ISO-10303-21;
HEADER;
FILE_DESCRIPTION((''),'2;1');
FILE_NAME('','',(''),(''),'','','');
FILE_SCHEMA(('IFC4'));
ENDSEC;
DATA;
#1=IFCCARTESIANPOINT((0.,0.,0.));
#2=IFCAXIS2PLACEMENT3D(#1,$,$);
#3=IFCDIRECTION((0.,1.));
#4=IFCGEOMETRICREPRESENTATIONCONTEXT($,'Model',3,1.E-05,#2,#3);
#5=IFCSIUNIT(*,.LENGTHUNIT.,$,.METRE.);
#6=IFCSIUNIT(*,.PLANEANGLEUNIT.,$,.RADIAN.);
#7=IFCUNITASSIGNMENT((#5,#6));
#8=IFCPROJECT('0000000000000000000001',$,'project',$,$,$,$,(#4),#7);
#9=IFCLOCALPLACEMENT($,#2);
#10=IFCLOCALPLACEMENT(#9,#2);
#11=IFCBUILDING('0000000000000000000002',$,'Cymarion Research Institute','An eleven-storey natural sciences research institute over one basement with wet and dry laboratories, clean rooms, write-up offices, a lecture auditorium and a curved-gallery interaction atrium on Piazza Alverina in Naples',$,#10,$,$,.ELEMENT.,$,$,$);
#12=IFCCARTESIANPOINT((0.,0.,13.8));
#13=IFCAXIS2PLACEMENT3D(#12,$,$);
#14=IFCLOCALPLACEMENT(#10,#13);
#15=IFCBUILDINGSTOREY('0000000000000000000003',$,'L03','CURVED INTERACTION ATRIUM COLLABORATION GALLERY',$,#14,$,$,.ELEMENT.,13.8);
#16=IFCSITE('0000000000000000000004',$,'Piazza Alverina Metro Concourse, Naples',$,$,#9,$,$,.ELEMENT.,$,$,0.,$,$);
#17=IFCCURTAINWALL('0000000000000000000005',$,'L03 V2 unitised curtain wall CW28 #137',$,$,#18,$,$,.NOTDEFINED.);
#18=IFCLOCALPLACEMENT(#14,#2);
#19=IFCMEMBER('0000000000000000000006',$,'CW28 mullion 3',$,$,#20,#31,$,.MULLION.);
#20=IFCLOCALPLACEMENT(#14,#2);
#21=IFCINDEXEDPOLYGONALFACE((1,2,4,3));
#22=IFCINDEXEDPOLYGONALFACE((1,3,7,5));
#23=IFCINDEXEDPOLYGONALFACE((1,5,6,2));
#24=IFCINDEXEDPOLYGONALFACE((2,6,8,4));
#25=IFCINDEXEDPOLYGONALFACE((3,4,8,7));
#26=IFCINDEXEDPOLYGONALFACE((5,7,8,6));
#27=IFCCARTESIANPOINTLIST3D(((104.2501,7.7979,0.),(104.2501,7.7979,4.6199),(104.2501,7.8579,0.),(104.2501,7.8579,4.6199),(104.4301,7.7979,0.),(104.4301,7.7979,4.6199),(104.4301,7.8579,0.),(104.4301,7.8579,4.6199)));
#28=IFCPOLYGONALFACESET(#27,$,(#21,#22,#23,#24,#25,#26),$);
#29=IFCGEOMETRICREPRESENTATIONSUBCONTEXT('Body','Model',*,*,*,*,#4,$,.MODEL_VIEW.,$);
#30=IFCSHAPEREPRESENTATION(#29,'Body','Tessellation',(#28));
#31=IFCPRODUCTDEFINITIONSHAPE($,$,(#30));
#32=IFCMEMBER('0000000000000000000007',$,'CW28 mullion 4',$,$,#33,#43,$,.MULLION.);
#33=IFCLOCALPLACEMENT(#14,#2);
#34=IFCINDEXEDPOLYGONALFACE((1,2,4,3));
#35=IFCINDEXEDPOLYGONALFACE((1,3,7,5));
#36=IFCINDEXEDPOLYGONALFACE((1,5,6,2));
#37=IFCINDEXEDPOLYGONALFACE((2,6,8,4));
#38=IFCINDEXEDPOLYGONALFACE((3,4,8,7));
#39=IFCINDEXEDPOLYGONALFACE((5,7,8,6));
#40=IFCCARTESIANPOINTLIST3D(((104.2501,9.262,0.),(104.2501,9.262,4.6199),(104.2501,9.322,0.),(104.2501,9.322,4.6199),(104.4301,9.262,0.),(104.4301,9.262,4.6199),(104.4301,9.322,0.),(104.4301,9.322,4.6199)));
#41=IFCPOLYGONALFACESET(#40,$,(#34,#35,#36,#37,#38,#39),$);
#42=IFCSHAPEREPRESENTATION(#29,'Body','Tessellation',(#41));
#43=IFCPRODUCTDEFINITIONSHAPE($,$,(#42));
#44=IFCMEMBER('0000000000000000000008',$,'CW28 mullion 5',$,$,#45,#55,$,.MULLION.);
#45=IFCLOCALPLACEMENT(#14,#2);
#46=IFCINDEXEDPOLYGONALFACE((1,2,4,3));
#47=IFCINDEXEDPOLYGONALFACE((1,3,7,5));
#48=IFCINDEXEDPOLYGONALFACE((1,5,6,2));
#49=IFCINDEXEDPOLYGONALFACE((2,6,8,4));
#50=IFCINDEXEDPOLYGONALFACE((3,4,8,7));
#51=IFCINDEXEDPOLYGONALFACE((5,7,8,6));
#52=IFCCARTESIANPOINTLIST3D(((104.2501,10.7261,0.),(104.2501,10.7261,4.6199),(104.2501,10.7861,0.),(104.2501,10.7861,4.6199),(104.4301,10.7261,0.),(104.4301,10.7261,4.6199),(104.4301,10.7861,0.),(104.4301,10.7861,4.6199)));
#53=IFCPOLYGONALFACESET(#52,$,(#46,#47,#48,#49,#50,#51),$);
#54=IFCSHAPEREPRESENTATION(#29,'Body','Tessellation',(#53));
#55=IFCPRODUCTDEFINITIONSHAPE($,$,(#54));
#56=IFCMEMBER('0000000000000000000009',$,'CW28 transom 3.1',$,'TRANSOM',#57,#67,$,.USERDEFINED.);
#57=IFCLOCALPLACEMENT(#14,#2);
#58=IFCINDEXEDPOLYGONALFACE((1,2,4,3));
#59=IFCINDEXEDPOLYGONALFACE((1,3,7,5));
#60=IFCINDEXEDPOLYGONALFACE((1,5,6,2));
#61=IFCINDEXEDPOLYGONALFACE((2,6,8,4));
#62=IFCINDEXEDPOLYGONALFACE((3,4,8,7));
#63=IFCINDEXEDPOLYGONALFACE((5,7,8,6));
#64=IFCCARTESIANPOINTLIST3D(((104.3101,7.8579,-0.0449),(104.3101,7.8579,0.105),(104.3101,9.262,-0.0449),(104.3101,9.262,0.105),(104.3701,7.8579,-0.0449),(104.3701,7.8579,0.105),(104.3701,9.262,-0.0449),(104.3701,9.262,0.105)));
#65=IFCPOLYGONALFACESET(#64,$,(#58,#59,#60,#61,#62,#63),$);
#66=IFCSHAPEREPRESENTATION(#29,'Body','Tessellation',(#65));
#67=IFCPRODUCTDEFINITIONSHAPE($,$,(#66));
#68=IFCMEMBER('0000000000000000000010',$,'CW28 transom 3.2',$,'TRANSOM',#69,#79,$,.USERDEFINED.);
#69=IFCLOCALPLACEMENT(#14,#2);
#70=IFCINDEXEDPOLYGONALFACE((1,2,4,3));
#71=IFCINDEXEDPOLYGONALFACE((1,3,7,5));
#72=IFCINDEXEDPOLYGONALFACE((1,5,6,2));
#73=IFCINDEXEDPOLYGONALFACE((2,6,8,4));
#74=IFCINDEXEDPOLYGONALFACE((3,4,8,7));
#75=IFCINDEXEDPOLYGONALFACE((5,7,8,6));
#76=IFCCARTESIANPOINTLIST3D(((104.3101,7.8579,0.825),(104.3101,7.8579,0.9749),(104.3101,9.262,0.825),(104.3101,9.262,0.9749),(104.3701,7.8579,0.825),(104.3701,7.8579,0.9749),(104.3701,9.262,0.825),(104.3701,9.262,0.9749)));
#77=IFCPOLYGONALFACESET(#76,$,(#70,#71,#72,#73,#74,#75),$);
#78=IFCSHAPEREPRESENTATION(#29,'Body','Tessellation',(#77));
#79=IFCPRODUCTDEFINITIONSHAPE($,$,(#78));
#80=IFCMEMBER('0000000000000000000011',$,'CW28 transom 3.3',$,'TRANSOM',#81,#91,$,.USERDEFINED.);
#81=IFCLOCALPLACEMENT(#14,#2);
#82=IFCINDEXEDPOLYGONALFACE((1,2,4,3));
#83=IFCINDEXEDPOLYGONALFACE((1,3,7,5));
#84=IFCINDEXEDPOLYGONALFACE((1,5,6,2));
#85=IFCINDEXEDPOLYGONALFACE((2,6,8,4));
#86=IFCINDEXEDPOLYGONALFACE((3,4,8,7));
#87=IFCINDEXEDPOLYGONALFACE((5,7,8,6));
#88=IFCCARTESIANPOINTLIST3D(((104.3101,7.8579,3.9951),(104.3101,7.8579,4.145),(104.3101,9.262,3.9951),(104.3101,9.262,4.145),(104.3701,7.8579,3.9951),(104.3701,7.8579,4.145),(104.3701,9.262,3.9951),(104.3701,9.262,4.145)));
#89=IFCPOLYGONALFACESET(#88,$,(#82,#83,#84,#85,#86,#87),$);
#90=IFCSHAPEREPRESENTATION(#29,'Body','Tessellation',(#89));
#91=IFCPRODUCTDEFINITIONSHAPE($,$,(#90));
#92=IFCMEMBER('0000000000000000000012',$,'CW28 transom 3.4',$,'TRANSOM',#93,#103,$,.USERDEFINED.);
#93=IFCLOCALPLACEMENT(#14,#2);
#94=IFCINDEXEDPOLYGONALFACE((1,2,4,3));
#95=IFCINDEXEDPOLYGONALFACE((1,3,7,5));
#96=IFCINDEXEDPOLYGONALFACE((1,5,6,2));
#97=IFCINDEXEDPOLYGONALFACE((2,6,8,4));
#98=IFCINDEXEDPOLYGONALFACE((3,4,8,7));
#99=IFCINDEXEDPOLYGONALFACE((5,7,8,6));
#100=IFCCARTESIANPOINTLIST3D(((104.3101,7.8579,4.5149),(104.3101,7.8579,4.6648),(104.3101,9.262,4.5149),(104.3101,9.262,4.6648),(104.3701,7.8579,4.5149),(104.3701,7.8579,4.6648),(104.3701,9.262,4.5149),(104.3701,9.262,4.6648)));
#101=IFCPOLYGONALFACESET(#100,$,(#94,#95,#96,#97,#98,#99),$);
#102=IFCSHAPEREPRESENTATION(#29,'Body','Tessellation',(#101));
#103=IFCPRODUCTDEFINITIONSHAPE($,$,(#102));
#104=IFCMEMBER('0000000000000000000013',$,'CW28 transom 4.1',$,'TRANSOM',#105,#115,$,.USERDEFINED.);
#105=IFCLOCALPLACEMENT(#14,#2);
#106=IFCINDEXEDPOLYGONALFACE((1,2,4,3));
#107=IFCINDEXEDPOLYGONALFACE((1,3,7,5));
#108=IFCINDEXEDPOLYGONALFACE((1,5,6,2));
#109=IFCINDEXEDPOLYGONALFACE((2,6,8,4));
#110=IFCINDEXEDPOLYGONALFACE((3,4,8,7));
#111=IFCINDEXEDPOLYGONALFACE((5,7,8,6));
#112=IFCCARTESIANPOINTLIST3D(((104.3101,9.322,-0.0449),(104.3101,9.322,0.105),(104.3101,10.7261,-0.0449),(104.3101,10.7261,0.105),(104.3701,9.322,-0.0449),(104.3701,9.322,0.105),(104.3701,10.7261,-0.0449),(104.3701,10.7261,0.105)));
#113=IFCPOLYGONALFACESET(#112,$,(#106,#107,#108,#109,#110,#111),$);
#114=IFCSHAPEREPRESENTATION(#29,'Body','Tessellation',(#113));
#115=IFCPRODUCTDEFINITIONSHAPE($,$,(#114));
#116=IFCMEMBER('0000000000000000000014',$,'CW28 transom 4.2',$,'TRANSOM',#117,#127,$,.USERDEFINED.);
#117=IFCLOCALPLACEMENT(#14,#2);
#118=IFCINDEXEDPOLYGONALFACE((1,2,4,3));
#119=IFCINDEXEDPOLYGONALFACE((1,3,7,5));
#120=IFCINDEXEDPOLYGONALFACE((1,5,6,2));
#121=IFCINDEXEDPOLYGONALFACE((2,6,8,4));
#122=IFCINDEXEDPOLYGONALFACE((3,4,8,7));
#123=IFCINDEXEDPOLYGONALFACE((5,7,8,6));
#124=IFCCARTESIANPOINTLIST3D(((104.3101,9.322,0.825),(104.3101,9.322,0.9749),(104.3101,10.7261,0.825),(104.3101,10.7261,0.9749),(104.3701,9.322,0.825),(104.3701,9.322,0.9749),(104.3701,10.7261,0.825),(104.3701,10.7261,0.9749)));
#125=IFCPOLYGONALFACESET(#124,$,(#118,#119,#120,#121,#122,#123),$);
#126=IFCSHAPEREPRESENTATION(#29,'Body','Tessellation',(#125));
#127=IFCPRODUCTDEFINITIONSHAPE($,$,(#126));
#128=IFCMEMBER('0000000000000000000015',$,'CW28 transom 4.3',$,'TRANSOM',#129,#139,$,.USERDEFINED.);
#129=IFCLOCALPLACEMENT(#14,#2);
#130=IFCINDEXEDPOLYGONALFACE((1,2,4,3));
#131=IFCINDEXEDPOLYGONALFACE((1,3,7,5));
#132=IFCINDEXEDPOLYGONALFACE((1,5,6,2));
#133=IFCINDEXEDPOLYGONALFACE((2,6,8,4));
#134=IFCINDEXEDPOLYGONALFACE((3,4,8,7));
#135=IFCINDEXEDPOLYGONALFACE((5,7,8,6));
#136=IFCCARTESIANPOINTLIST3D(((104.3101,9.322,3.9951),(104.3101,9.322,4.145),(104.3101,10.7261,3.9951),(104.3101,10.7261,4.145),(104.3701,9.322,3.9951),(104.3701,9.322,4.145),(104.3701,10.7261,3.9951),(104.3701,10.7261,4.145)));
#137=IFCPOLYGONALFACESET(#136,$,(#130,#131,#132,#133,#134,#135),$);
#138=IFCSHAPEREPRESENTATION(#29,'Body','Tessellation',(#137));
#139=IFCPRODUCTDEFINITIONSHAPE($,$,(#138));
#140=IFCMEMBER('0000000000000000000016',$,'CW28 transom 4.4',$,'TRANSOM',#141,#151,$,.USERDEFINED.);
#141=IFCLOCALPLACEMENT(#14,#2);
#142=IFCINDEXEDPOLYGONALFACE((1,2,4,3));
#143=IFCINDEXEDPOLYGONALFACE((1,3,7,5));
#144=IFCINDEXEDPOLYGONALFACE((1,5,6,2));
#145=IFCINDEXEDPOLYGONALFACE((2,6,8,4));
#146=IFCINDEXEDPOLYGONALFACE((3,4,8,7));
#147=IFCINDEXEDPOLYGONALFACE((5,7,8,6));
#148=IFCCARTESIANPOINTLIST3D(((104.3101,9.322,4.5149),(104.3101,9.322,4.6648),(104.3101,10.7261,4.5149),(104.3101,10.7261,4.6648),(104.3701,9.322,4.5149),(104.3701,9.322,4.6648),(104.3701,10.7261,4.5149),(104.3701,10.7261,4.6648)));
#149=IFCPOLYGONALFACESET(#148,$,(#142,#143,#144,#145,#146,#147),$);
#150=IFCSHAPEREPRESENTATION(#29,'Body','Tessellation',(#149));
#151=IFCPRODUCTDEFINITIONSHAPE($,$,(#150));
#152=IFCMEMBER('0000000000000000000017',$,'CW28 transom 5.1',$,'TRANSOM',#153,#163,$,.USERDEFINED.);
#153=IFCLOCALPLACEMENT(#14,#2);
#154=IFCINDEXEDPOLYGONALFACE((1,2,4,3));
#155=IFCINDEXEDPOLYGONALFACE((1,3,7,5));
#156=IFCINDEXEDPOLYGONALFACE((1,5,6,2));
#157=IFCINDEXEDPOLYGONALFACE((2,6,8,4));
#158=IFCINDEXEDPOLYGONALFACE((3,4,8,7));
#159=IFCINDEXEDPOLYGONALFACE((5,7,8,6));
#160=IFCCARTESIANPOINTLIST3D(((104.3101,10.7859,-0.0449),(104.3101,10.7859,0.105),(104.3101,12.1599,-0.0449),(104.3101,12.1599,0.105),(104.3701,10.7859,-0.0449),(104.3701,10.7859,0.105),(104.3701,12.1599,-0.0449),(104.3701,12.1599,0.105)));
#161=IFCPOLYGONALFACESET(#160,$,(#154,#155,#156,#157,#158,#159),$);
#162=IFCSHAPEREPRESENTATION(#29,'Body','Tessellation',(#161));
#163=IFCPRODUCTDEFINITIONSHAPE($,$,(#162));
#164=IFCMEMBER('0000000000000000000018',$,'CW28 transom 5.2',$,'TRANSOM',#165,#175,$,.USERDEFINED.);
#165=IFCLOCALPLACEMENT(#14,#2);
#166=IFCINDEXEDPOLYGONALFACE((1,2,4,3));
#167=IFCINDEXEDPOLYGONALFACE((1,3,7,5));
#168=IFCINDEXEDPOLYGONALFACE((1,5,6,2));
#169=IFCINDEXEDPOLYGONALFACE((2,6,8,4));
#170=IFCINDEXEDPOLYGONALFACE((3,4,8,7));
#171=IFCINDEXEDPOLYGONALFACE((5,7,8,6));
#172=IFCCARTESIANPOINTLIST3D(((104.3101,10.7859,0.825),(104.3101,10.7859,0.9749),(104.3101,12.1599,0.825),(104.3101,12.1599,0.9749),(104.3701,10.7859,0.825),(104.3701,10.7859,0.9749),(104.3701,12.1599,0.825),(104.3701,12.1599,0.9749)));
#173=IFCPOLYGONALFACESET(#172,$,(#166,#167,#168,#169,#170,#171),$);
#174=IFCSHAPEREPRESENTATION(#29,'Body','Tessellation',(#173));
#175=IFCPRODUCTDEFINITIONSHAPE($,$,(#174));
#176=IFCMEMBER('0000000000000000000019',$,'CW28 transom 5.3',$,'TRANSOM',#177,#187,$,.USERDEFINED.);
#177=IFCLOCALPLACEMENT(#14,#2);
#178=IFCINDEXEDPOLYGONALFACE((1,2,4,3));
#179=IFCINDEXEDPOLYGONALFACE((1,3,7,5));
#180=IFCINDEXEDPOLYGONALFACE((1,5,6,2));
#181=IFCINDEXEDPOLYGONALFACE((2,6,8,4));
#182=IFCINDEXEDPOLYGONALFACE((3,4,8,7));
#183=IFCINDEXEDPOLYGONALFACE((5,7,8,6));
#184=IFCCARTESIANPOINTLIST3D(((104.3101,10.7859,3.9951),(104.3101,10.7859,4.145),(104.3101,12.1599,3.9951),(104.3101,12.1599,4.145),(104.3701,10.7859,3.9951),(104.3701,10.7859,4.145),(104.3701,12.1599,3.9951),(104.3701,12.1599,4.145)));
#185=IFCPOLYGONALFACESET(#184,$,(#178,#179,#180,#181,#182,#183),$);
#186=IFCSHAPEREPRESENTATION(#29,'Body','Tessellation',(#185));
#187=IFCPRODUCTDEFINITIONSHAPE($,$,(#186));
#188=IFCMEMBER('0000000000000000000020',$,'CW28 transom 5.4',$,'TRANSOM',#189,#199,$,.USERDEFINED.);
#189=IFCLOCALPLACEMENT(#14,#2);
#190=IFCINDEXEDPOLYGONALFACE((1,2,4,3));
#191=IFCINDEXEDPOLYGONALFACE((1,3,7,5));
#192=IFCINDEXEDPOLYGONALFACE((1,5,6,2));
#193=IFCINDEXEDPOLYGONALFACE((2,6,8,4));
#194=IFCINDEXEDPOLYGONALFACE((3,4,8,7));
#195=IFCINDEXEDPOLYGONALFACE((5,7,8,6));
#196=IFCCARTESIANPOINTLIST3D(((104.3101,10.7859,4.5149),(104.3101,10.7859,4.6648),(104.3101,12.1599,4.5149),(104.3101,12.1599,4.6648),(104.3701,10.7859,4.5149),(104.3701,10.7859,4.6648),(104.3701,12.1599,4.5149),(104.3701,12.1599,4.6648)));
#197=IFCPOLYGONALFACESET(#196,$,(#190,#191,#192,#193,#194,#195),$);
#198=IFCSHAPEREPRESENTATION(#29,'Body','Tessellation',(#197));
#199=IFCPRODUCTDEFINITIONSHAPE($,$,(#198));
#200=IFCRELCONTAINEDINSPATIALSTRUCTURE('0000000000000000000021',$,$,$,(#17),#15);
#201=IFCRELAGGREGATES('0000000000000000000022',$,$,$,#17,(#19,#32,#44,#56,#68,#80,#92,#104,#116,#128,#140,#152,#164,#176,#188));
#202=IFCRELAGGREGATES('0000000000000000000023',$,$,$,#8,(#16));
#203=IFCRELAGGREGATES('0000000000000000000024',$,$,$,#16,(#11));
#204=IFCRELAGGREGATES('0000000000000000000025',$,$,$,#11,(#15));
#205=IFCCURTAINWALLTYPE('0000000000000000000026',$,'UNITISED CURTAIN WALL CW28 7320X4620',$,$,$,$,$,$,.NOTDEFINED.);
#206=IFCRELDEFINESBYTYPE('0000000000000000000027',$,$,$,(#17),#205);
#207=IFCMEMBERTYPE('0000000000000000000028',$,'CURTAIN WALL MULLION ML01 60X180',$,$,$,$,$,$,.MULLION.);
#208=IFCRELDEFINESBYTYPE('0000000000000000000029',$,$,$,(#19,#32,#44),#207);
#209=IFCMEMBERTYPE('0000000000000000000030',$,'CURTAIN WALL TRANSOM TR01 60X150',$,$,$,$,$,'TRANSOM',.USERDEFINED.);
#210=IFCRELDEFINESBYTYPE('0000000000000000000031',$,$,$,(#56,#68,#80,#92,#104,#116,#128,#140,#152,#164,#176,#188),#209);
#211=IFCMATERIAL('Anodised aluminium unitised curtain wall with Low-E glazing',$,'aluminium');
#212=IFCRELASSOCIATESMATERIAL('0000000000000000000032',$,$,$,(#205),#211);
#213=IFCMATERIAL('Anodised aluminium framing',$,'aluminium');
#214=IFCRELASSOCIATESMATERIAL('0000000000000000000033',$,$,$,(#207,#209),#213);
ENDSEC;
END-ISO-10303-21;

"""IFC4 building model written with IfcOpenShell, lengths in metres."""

from ifc_helpers import new_model, si_unit, direction, frame, origin, origin_2d, place, context, subcontext, project, spatial, rectangle, extrude, material, material_profile, profile_set, type_object, element, aggregate, save


model = new_model("IFC4")

# Units and contexts
model_context = context("Model", 3, precision=1e-05, world=origin(), true_north=direction((0.0, 1.0)))
body_context = subcontext(model_context, "Body", "Model", "MODEL_VIEW")
ifc_project = project(units=[si_unit("LENGTHUNIT", "METRE"), si_unit("PLANEANGLEUNIT", "RADIAN")], contexts=[model_context])

# Site, building, storey
site_placement = place(None, origin())
site = spatial("IfcSite", under=ifc_project, at=site_placement, Name="Piazza Alverina Metro Concourse, Naples", CompositionType="ELEMENT", RefElevation=0.0)
building_placement = place(site_placement, origin())
building = spatial("IfcBuilding", under=site, at=building_placement, Name="Cymarion Research Institute", Description="An eleven-storey natural sciences research institute over one basement with wet and dry laboratories, clean rooms, write-up offices, a lecture auditorium and a curved-gallery interaction atrium on Piazza Alverina in Naples", CompositionType="ELEMENT")
storey_placement = place(building_placement, frame((0.0, 0.0, 13.8)))
storey = spatial("IfcBuildingStorey", under=building, at=storey_placement, Name="L03", Description="CURVED INTERACTION ATRIUM COLLABORATION GALLERY", CompositionType="ELEMENT", Elevation=13.8)

# Curtain wall, members
ifc_material_1 = material(Name="Anodised aluminium unitised curtain wall with Low-E glazing", Category="aluminium")
curtain_wall_type = type_object("IfcCurtainWallType", Name="UNITISED CURTAIN WALL CW28 7320X4620", PredefinedType="NOTDEFINED", material=ifc_material_1)
curtain_wall_placement = place(storey_placement, origin())
curtain_wall = element("IfcCurtainWall", 1, at=curtain_wall_placement, inside=storey, type_object=curtain_wall_type, Name="L03 V2 unitised curtain wall CW28 #137", PredefinedType="NOTDEFINED")
ifc_material_2 = material(Name="Anodised aluminium framing", Category="aluminium")
ifc_material_profile_1 = material_profile(ifc_material_2, rectangle(XDim=0.0601, YDim=0.1799, at=origin_2d()), Name="ALU MULLION 60x180")
ifc_profile_set_1 = profile_set([ifc_material_profile_1], Name="Anodised aluminium framing")
member_type_1 = type_object("IfcMemberType", Name="CURTAIN WALL MULLION ML01 60X180", PredefinedType="MULLION", material=ifc_profile_set_1)
member_1_placement = place(storey_placement, frame((104.3401, 7.8279, 0.0), z_axis=(0.0, 0.0, 1.0), x_axis=(0.0, 1.0, 0.0)))
member_1 = element("IfcMember", 2, at=member_1_placement, type_object=member_type_1, Name="CW28 mullion 3", PredefinedType="MULLION", context=body_context, shape_type="SweptSolid", body=[
    extrude(rectangle(XDim=0.0601, YDim=0.1799, at=origin_2d()), origin(), (0.0, 0.0, 1.0), 4.6199),
])
member_2_placement = place(storey_placement, frame((104.3401, 9.292, 0.0), z_axis=(0.0, 0.0, 1.0), x_axis=(0.0, 1.0, 0.0)))
member_2 = element("IfcMember", 3, at=member_2_placement, type_object=member_type_1, Name="CW28 mullion 4", PredefinedType="MULLION", context=body_context, shape_type="SweptSolid", body=[
    extrude(rectangle(XDim=0.0601, YDim=0.1799, at=origin_2d()), origin(), (0.0, 0.0, 1.0), 4.6199),
])
member_3_placement = place(storey_placement, frame((104.3401, 10.7561, 0.0), z_axis=(0.0, 0.0, 1.0), x_axis=(0.0, 1.0, 0.0)))
member_3 = element("IfcMember", 4, at=member_3_placement, type_object=member_type_1, Name="CW28 mullion 5", PredefinedType="MULLION", context=body_context, shape_type="SweptSolid", body=[
    extrude(rectangle(XDim=0.0601, YDim=0.1799, at=origin_2d()), origin(), (0.0, 0.0, 1.0), 4.6199),
])
ifc_material_profile_2 = material_profile(ifc_material_2, rectangle(XDim=0.0601, YDim=0.1499, at=origin_2d()), Name="ALU TRANSOM 60x150")
ifc_profile_set_2 = profile_set([ifc_material_profile_2], Name="Anodised aluminium framing")
member_type_2 = type_object("IfcMemberType", Name="CURTAIN WALL TRANSOM TR01 60X150", ElementType="TRANSOM", PredefinedType="USERDEFINED", material=ifc_profile_set_2)
member_4_placement = place(storey_placement, frame((104.3401, 7.8579, 0.03), z_axis=(0.0, 1.0, 0.0), x_axis=(-1.0, 0.0, 0.0)))
member_4 = element("IfcMember", 5, at=member_4_placement, type_object=member_type_2, Name="CW28 transom 3.1", ObjectType="TRANSOM", PredefinedType="USERDEFINED", context=body_context, shape_type="SweptSolid", body=[
    extrude(rectangle(XDim=0.0601, YDim=0.1499, at=origin_2d()), origin(), (0.0, 0.0, 1.0), 1.4041),
])
member_5_placement = place(storey_placement, frame((104.3401, 7.8579, 0.8999), z_axis=(0.0, 1.0, 0.0), x_axis=(-1.0, 0.0, 0.0)))
member_5 = element("IfcMember", 6, at=member_5_placement, type_object=member_type_2, Name="CW28 transom 3.2", ObjectType="TRANSOM", PredefinedType="USERDEFINED", context=body_context, shape_type="SweptSolid", body=[
    extrude(rectangle(XDim=0.0601, YDim=0.1499, at=origin_2d()), origin(), (0.0, 0.0, 1.0), 1.4041),
])
member_6_placement = place(storey_placement, frame((104.3401, 7.8579, 4.0701), z_axis=(0.0, 1.0, 0.0), x_axis=(-1.0, 0.0, 0.0)))
member_6 = element("IfcMember", 7, at=member_6_placement, type_object=member_type_2, Name="CW28 transom 3.3", ObjectType="TRANSOM", PredefinedType="USERDEFINED", context=body_context, shape_type="SweptSolid", body=[
    extrude(rectangle(XDim=0.0601, YDim=0.1499, at=origin_2d()), origin(), (0.0, 0.0, 1.0), 1.4041),
])
member_7_placement = place(storey_placement, frame((104.3401, 7.8579, 4.5898), z_axis=(0.0, 1.0, 0.0), x_axis=(-1.0, 0.0, 0.0)))
member_7 = element("IfcMember", 8, at=member_7_placement, type_object=member_type_2, Name="CW28 transom 3.4", ObjectType="TRANSOM", PredefinedType="USERDEFINED", context=body_context, shape_type="SweptSolid", body=[
    extrude(rectangle(XDim=0.0601, YDim=0.1499, at=origin_2d()), origin(), (0.0, 0.0, 1.0), 1.4041),
])
member_8_placement = place(storey_placement, frame((104.3401, 9.322, 0.03), z_axis=(0.0, 1.0, 0.0), x_axis=(-1.0, 0.0, 0.0)))
member_8 = element("IfcMember", 9, at=member_8_placement, type_object=member_type_2, Name="CW28 transom 4.1", ObjectType="TRANSOM", PredefinedType="USERDEFINED", context=body_context, shape_type="SweptSolid", body=[
    extrude(rectangle(XDim=0.0601, YDim=0.1499, at=origin_2d()), origin(), (0.0, 0.0, 1.0), 1.4041),
])
member_9_placement = place(storey_placement, frame((104.3401, 9.322, 0.8999), z_axis=(0.0, 1.0, 0.0), x_axis=(-1.0, 0.0, 0.0)))
member_9 = element("IfcMember", 10, at=member_9_placement, type_object=member_type_2, Name="CW28 transom 4.2", ObjectType="TRANSOM", PredefinedType="USERDEFINED", context=body_context, shape_type="SweptSolid", body=[
    extrude(rectangle(XDim=0.0601, YDim=0.1499, at=origin_2d()), origin(), (0.0, 0.0, 1.0), 1.4041),
])
member_10_placement = place(storey_placement, frame((104.3401, 9.322, 4.0701), z_axis=(0.0, 1.0, 0.0), x_axis=(-1.0, 0.0, 0.0)))
member_10 = element("IfcMember", 11, at=member_10_placement, type_object=member_type_2, Name="CW28 transom 4.3", ObjectType="TRANSOM", PredefinedType="USERDEFINED", context=body_context, shape_type="SweptSolid", body=[
    extrude(rectangle(XDim=0.0601, YDim=0.1499, at=origin_2d()), origin(), (0.0, 0.0, 1.0), 1.4041),
])
member_11_placement = place(storey_placement, frame((104.3401, 9.322, 4.5898), z_axis=(0.0, 1.0, 0.0), x_axis=(-1.0, 0.0, 0.0)))
member_11 = element("IfcMember", 12, at=member_11_placement, type_object=member_type_2, Name="CW28 transom 4.4", ObjectType="TRANSOM", PredefinedType="USERDEFINED", context=body_context, shape_type="SweptSolid", body=[
    extrude(rectangle(XDim=0.0601, YDim=0.1499, at=origin_2d()), origin(), (0.0, 0.0, 1.0), 1.4041),
])
member_12_placement = place(storey_placement, frame((104.3401, 10.7859, 0.03), z_axis=(0.0, 1.0, 0.0), x_axis=(-1.0, 0.0, 0.0)))
member_12 = element("IfcMember", 13, at=member_12_placement, type_object=member_type_2, Name="CW28 transom 5.1", ObjectType="TRANSOM", PredefinedType="USERDEFINED", context=body_context, shape_type="SweptSolid", body=[
    extrude(rectangle(XDim=0.0601, YDim=0.1499, at=origin_2d()), origin(), (0.0, 0.0, 1.0), 1.374),
])
member_13_placement = place(storey_placement, frame((104.3401, 10.7859, 0.8999), z_axis=(0.0, 1.0, 0.0), x_axis=(-1.0, 0.0, 0.0)))
member_13 = element("IfcMember", 14, at=member_13_placement, type_object=member_type_2, Name="CW28 transom 5.2", ObjectType="TRANSOM", PredefinedType="USERDEFINED", context=body_context, shape_type="SweptSolid", body=[
    extrude(rectangle(XDim=0.0601, YDim=0.1499, at=origin_2d()), origin(), (0.0, 0.0, 1.0), 1.374),
])
member_14_placement = place(storey_placement, frame((104.3401, 10.7859, 4.0701), z_axis=(0.0, 1.0, 0.0), x_axis=(-1.0, 0.0, 0.0)))
member_14 = element("IfcMember", 15, at=member_14_placement, type_object=member_type_2, Name="CW28 transom 5.3", ObjectType="TRANSOM", PredefinedType="USERDEFINED", context=body_context, shape_type="SweptSolid", body=[
    extrude(rectangle(XDim=0.0601, YDim=0.1499, at=origin_2d()), origin(), (0.0, 0.0, 1.0), 1.374),
])
member_15_placement = place(storey_placement, frame((104.3401, 10.7859, 4.5898), z_axis=(0.0, 1.0, 0.0), x_axis=(-1.0, 0.0, 0.0)))
member_15 = element("IfcMember", 16, at=member_15_placement, type_object=member_type_2, Name="CW28 transom 5.4", ObjectType="TRANSOM", PredefinedType="USERDEFINED", context=body_context, shape_type="SweptSolid", body=[
    extrude(rectangle(XDim=0.0601, YDim=0.1499, at=origin_2d()), origin(), (0.0, 0.0, 1.0), 1.374),
])
aggregate(curtain_wall, [member_1, member_2, member_3, member_4, member_5, member_6, member_7, member_8, member_9, member_10, member_11, member_12, member_13, member_14, member_15])

save(model, "model.ifc")
